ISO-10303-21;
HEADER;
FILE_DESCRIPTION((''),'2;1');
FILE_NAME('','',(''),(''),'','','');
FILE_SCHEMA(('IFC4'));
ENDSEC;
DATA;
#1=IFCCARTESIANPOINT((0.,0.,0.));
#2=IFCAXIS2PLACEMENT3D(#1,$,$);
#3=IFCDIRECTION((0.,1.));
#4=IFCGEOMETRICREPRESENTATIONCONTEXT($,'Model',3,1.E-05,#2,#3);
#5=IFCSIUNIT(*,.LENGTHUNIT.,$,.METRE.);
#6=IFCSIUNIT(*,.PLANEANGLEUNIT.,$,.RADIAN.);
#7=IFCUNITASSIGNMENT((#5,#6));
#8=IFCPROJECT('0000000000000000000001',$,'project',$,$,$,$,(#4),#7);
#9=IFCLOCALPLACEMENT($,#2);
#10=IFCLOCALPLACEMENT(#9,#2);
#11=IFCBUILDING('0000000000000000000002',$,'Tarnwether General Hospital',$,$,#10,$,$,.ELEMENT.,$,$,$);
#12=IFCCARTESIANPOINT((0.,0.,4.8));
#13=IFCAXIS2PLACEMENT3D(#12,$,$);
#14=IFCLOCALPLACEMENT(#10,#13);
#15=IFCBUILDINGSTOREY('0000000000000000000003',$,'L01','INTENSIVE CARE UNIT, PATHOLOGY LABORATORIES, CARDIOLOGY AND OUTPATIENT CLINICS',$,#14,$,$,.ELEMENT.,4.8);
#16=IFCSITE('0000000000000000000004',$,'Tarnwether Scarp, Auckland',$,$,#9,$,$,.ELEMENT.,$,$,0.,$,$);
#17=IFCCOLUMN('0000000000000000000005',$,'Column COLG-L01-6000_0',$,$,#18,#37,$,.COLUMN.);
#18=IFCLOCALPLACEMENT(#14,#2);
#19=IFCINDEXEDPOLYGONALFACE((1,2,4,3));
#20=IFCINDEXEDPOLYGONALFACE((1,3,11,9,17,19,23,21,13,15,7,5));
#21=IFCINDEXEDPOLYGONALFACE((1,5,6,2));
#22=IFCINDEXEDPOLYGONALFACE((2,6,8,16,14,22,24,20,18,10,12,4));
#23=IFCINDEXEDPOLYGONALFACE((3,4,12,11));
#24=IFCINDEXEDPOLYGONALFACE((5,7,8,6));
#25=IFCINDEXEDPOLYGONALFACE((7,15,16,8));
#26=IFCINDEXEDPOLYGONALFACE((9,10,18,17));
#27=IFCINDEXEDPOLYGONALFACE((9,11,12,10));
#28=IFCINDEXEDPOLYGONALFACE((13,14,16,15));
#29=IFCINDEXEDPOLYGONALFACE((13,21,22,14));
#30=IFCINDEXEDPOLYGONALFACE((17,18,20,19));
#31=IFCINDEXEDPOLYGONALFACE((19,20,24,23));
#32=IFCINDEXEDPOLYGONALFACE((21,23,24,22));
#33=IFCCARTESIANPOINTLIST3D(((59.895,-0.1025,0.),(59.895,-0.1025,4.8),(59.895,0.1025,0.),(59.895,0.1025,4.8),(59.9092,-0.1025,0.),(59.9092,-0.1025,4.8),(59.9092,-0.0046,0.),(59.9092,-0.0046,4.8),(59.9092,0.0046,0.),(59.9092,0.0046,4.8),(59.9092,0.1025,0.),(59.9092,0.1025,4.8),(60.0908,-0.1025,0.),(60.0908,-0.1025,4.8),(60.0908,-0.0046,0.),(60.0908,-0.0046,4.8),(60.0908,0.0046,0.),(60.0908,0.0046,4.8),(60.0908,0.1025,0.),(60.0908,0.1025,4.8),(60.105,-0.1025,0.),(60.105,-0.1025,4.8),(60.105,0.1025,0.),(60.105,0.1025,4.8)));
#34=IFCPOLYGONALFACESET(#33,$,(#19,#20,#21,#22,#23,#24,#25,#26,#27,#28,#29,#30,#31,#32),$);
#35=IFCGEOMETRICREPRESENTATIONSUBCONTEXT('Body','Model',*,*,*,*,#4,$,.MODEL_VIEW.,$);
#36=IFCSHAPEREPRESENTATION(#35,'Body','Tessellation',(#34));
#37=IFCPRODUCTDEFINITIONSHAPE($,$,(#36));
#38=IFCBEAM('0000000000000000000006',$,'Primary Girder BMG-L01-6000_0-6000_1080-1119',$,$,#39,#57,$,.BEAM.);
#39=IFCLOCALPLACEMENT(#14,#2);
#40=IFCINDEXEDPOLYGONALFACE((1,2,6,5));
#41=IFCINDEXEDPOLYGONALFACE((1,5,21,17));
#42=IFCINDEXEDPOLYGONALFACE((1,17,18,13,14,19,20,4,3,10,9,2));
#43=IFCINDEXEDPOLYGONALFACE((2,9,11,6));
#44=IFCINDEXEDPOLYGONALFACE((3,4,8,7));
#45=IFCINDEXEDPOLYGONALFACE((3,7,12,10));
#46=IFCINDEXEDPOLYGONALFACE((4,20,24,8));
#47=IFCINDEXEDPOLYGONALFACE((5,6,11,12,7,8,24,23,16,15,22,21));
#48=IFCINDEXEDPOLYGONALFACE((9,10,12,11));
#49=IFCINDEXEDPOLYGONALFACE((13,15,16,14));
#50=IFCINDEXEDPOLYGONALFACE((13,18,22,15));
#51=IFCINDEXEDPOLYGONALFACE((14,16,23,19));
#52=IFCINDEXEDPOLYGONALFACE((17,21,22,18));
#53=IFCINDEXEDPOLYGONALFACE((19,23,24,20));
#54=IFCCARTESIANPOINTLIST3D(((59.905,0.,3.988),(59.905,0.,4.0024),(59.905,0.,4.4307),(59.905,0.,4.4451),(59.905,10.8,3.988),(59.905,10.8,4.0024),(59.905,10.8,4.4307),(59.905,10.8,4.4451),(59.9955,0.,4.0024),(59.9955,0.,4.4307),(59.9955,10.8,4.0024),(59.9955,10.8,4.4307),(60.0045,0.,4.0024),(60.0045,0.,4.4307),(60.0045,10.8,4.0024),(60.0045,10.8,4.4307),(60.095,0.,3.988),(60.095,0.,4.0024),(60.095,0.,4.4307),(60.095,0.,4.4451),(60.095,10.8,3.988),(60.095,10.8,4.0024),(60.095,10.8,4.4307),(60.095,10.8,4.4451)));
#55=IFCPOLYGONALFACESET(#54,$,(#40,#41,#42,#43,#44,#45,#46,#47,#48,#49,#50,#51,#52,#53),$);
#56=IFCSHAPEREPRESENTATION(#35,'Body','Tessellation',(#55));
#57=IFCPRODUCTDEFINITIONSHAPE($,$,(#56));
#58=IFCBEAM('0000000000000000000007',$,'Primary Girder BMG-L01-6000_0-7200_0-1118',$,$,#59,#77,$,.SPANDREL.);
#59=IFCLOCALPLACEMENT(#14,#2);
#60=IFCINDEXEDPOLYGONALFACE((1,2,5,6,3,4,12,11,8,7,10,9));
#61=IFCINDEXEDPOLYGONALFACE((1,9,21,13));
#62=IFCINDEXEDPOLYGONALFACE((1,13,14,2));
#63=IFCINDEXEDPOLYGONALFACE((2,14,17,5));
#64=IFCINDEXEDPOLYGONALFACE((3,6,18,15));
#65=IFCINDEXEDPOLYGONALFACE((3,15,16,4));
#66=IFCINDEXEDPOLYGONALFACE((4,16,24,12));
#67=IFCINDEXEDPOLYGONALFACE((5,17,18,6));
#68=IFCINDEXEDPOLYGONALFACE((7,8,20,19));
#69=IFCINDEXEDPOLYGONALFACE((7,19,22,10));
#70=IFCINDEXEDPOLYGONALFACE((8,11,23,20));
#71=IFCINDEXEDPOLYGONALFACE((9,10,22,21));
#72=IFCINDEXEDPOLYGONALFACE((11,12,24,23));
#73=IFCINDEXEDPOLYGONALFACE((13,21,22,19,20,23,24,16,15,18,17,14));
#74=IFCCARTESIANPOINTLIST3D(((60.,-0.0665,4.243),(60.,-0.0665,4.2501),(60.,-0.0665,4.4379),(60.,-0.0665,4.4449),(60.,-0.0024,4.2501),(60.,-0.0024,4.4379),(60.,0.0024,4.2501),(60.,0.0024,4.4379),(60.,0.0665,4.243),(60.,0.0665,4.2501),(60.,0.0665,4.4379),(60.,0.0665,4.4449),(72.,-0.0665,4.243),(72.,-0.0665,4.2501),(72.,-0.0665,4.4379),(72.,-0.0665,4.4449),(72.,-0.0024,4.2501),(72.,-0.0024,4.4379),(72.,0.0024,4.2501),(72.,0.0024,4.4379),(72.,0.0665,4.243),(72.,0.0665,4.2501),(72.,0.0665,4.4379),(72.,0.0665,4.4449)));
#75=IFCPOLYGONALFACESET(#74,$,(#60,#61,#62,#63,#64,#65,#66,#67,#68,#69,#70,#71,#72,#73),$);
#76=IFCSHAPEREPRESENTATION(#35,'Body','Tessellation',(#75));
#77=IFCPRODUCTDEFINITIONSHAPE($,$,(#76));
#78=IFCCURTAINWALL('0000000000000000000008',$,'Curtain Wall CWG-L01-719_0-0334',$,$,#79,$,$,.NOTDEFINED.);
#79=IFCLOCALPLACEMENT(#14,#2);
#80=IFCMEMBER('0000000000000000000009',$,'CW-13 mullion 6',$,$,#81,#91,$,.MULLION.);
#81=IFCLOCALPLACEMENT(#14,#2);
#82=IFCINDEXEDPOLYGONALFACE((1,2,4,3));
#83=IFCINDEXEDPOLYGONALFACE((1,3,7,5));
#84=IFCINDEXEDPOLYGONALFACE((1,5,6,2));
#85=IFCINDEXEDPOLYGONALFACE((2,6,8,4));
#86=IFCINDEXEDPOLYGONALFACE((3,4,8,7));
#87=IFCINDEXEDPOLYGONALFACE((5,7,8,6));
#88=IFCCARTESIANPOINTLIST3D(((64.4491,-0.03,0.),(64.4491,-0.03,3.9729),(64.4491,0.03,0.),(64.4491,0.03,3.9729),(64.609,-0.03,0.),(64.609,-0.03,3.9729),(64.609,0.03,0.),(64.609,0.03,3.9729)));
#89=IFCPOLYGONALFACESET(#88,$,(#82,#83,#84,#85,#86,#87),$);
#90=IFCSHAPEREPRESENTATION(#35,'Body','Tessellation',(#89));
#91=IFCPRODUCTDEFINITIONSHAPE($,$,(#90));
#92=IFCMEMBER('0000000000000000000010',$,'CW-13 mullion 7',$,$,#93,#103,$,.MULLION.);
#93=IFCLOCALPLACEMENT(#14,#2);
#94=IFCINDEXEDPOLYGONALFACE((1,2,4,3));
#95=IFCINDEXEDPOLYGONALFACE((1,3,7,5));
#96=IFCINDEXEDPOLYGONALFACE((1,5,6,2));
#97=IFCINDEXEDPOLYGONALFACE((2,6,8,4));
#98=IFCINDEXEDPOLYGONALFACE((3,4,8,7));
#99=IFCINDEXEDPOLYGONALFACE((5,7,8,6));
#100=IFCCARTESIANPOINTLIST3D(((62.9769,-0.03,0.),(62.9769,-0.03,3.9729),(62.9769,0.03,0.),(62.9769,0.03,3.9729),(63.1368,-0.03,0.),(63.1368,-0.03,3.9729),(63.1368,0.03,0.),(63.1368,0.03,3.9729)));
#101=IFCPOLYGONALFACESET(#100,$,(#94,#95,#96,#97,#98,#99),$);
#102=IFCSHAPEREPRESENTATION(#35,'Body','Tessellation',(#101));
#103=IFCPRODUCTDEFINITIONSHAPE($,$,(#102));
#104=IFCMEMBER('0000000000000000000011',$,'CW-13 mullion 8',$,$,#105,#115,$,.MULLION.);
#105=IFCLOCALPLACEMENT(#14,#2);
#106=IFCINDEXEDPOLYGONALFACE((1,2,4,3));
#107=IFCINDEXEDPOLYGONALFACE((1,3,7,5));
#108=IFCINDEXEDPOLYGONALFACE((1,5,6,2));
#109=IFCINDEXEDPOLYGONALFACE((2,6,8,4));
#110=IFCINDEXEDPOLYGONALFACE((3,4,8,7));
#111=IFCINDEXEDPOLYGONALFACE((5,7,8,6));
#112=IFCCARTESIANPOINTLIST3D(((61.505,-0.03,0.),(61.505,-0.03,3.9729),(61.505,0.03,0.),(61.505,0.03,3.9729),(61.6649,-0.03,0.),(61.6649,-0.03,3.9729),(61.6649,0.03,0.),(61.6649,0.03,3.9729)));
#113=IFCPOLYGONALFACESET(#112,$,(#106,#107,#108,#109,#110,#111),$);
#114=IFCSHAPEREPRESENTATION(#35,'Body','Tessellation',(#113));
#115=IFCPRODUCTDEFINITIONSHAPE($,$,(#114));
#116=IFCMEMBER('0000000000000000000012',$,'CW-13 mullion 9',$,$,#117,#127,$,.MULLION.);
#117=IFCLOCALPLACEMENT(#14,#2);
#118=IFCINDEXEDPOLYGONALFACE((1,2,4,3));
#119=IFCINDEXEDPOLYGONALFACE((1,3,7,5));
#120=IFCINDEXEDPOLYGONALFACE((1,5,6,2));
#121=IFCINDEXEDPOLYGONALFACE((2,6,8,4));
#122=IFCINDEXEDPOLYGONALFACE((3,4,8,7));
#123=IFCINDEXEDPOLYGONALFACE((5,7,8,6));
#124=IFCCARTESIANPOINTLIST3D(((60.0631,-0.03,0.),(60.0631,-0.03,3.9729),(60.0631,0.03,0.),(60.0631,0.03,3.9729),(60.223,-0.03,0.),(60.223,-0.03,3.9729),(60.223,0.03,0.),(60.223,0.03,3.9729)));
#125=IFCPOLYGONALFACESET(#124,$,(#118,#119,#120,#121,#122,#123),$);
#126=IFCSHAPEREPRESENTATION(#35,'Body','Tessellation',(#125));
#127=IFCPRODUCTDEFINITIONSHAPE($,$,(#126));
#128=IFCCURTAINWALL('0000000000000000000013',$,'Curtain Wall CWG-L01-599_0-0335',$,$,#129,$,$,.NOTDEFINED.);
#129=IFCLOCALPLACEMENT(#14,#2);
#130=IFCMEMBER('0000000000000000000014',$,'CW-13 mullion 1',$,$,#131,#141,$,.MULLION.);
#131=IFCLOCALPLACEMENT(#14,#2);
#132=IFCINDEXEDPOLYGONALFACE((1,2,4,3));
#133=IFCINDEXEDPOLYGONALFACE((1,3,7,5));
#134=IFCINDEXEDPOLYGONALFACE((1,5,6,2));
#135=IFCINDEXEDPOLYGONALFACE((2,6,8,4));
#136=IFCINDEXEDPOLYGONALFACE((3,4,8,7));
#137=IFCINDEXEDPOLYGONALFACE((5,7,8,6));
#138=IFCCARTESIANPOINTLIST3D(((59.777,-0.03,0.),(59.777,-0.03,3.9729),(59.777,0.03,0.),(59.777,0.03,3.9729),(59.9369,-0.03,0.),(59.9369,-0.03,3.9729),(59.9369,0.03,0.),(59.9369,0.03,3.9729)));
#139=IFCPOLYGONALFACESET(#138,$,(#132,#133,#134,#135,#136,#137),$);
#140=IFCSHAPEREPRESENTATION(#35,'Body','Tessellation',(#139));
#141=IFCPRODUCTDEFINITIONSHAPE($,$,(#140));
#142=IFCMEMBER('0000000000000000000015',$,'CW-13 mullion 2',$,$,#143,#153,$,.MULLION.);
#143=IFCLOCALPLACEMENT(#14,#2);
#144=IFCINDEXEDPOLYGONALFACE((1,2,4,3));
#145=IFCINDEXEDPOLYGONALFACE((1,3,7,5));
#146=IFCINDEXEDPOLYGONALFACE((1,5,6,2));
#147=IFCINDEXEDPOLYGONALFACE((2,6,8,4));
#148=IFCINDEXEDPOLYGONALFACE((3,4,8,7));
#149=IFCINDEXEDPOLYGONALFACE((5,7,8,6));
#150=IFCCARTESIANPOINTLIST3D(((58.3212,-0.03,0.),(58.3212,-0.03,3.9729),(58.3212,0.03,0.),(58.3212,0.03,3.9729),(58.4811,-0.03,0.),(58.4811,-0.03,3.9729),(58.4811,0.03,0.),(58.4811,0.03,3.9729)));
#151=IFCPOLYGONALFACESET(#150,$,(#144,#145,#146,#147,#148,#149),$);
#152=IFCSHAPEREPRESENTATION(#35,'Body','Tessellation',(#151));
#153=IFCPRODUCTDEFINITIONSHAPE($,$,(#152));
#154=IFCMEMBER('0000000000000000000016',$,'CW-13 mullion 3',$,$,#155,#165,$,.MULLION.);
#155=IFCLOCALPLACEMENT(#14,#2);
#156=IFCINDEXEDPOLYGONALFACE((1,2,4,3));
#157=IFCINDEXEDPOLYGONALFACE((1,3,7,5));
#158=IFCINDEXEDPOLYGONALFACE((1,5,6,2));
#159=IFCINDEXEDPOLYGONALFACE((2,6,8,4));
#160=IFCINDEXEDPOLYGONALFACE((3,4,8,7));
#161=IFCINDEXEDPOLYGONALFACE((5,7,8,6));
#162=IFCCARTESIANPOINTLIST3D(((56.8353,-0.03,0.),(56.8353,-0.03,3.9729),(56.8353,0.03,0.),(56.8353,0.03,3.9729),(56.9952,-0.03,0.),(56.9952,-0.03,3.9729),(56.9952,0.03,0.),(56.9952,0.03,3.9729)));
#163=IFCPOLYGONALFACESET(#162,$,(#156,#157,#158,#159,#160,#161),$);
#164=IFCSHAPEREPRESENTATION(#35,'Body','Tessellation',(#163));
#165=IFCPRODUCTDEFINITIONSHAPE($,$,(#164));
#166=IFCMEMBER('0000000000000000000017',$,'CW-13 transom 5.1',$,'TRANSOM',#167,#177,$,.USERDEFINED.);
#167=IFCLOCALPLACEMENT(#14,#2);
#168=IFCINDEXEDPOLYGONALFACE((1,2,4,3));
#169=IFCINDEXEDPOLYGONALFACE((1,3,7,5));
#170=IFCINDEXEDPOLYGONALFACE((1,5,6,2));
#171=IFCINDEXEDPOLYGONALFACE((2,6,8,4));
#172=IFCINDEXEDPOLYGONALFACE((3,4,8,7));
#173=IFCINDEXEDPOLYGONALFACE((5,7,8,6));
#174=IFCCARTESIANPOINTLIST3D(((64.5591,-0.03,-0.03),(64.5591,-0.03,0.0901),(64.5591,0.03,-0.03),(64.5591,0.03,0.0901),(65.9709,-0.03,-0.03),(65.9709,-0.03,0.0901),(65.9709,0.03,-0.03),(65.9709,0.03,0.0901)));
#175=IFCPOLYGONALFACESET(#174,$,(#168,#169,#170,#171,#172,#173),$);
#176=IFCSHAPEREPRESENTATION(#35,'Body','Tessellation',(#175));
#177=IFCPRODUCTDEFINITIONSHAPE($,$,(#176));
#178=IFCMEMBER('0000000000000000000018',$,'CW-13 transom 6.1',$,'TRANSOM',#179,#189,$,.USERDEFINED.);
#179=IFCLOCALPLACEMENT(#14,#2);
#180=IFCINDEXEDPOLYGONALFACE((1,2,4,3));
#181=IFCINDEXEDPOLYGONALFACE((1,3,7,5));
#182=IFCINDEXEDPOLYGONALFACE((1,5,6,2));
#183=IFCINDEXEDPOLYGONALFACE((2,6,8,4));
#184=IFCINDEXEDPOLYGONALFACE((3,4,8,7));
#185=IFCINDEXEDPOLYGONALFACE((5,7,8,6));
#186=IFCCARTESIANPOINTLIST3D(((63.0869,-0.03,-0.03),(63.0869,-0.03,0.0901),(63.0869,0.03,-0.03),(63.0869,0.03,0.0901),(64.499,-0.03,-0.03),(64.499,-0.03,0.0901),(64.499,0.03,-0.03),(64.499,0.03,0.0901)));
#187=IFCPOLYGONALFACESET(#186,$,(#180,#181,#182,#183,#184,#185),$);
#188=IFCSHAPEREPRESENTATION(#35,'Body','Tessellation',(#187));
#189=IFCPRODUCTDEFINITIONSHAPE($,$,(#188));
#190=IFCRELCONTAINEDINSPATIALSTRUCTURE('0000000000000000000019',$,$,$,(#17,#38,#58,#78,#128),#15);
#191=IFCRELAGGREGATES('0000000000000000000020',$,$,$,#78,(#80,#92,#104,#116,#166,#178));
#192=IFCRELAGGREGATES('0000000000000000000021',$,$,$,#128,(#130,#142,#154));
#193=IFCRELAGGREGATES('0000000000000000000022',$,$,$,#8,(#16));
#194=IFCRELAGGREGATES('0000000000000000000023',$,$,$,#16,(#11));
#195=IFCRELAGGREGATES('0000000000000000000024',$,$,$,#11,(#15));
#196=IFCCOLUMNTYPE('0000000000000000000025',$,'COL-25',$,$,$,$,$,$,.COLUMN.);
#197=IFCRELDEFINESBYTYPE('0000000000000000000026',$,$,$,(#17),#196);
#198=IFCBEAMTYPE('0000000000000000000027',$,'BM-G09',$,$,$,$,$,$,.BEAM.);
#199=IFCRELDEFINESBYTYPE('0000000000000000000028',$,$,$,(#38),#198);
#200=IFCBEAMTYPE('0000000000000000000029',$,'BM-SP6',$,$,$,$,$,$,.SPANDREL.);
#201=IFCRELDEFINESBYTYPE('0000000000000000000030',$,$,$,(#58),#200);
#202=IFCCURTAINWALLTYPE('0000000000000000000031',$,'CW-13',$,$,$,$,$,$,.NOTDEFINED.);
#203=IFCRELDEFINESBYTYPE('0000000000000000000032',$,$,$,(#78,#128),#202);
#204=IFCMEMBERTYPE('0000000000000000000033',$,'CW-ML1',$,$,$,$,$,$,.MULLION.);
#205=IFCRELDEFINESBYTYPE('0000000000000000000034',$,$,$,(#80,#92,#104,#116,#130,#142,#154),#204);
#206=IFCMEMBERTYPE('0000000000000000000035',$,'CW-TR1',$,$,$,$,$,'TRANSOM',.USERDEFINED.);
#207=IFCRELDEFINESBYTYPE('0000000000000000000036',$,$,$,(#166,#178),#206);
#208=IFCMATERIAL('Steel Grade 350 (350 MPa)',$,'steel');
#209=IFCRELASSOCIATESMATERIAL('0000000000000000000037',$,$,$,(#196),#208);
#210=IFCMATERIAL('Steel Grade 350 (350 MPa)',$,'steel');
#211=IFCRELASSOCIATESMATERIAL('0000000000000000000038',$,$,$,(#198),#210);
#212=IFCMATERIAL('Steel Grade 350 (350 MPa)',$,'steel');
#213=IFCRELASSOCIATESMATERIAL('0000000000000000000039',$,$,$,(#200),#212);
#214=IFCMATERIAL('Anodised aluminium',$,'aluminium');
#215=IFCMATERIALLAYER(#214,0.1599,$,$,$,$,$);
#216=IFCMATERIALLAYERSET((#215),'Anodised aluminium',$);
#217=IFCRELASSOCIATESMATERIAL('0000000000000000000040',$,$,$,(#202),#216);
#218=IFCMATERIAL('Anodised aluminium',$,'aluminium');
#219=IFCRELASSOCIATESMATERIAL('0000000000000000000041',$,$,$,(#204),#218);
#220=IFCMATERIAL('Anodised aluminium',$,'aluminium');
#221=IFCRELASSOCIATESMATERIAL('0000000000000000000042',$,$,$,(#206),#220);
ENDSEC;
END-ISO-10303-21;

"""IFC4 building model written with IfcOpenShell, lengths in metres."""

from ifc_helpers import new_model, si_unit, direction, frame, origin, origin_2d, place, context, subcontext, project, spatial, rectangle, i_section, extrude, material, layer, layer_set, material_profile, profile_set, type_object, element, aggregate, save


model = new_model("IFC4")

# Units and contexts
model_context = context("Model", 3, precision=1e-05, world=origin(), true_north=direction((0.0, 1.0)))
body_context = subcontext(model_context, "Body", "Model", "MODEL_VIEW")
ifc_project = project(units=[si_unit("LENGTHUNIT", "METRE"), si_unit("PLANEANGLEUNIT", "RADIAN")], contexts=[model_context])

# Site, building, storey
site_placement = place(None, origin())
site = spatial("IfcSite", under=ifc_project, at=site_placement, Name="Tarnwether Scarp, Auckland", CompositionType="ELEMENT", RefElevation=0.0)
building_placement = place(site_placement, origin())
building = spatial("IfcBuilding", under=site, at=building_placement, Name="Tarnwether General Hospital", CompositionType="ELEMENT")
storey_placement = place(building_placement, frame((0.0, 0.0, 4.8)))
storey = spatial("IfcBuildingStorey", under=building, at=storey_placement, Name="L01", Description="INTENSIVE CARE UNIT, PATHOLOGY LABORATORIES, CARDIOLOGY AND OUTPATIENT CLINICS", CompositionType="ELEMENT", Elevation=4.8)

# Column
ifc_material_1 = material(Name="Steel Grade 350 (350 MPa)", Category="steel")
ifc_material_profile_1 = material_profile(ifc_material_1, i_section(OverallWidth=0.2051, OverallDepth=0.21, WebThickness=0.0093, FlangeThickness=0.0142, at=origin_2d()), Name="200UC59.5")
ifc_profile_set_1 = profile_set([ifc_material_profile_1], Name="Steel Grade 350 (350 MPa)")
column_type = type_object("IfcColumnType", Name="COL-25", PredefinedType="COLUMN", material=ifc_profile_set_1)
column_placement = place(storey_placement, frame((60.0, 0.0, 0.0), z_axis=(0.0, 0.0, 1.0), x_axis=(0.0, 1.0, 0.0)))
element("IfcColumn", 1, at=column_placement, inside=storey, type_object=column_type, Name="Column COLG-L01-6000_0", PredefinedType="COLUMN", context=body_context, shape_type="SweptSolid", body=[
    extrude(i_section(OverallWidth=0.2051, OverallDepth=0.21, WebThickness=0.0093, FlangeThickness=0.0142, at=origin_2d()), origin(), (0.0, 0.0, 1.0), 4.8),
])

# Beams
ifc_material_2 = material(Name="Steel Grade 350 (350 MPa)", Category="steel")
ifc_material_profile_2 = material_profile(ifc_material_2, i_section(OverallWidth=0.1899, OverallDepth=0.457, WebThickness=0.009, FlangeThickness=0.0144, at=origin_2d()), Name="460UB74.6")
ifc_profile_set_2 = profile_set([ifc_material_profile_2], Name="Steel Grade 350 (350 MPa)")
beam_type_1 = type_object("IfcBeamType", Name="BM-G09", PredefinedType="BEAM", material=ifc_profile_set_2)
beam_1_placement = place(storey_placement, frame((60.0, 0.0, 4.2166), z_axis=(0.0, 1.0, 0.0), x_axis=(-1.0, 0.0, 0.0)))
element("IfcBeam", 2, at=beam_1_placement, inside=storey, type_object=beam_type_1, Name="Primary Girder BMG-L01-6000_0-6000_1080-1119", PredefinedType="BEAM", context=body_context, shape_type="SweptSolid", body=[
    extrude(i_section(OverallWidth=0.1899, OverallDepth=0.457, WebThickness=0.009, FlangeThickness=0.0144, at=origin_2d()), origin(), (0.0, 0.0, 1.0), 10.8),
])
ifc_material_3 = material(Name="Steel Grade 350 (350 MPa)", Category="steel")
ifc_material_profile_3 = material_profile(ifc_material_3, i_section(OverallWidth=0.1331, OverallDepth=0.2019, WebThickness=0.0049, FlangeThickness=0.0071, at=origin_2d()), Name="200UB22.3")
ifc_profile_set_3 = profile_set([ifc_material_profile_3], Name="Steel Grade 350 (350 MPa)")
beam_type_2 = type_object("IfcBeamType", Name="BM-SP6", PredefinedType="SPANDREL", material=ifc_profile_set_3)
beam_2_placement = place(storey_placement, frame((60.0, 0.0, 4.344), z_axis=(1.0, 0.0, 0.0), x_axis=(0.0, 1.0, 0.0)))
element("IfcBeam", 3, at=beam_2_placement, inside=storey, type_object=beam_type_2, Name="Primary Girder BMG-L01-6000_0-7200_0-1118", PredefinedType="SPANDREL", context=body_context, shape_type="SweptSolid", body=[
    extrude(i_section(OverallWidth=0.1331, OverallDepth=0.2019, WebThickness=0.0049, FlangeThickness=0.0071, at=origin_2d()), origin(), (0.0, 0.0, 1.0), 12.0),
])

# Curtain walls, members
ifc_material_4 = material(Name="Anodised aluminium", Category="aluminium")
ifc_layer_1 = layer(ifc_material_4, 0.1599)
ifc_layer_set_1 = layer_set([ifc_layer_1], Name="Anodised aluminium")
curtain_wall_type = type_object("IfcCurtainWallType", Name="CW-13", PredefinedType="NOTDEFINED", material=ifc_layer_set_1)
curtain_wall_1_placement = place(storey_placement, origin())
curtain_wall_1 = element("IfcCurtainWall", 4, at=curtain_wall_1_placement, inside=storey, type_object=curtain_wall_type, Name="Curtain Wall CWG-L01-719_0-0334", PredefinedType="NOTDEFINED")
ifc_material_5 = material(Name="Anodised aluminium", Category="aluminium")
ifc_material_profile_4 = material_profile(ifc_material_5, rectangle(XDim=0.0601, YDim=0.1599, at=origin_2d()), Name="ALU-MUL-60x160")
ifc_profile_set_4 = profile_set([ifc_material_profile_4], Name="Anodised aluminium")
member_type_1 = type_object("IfcMemberType", Name="CW-ML1", PredefinedType="MULLION", material=ifc_profile_set_4)
member_1_placement = place(storey_placement, frame((64.5291, 0.0, 0.0), z_axis=(0.0, 0.0, 1.0), x_axis=(0.0, -1.0, 0.0)))
member_1 = element("IfcMember", 5, at=member_1_placement, type_object=member_type_1, Name="CW-13 mullion 6", PredefinedType="MULLION", context=body_context, shape_type="SweptSolid", body=[
    extrude(rectangle(XDim=0.0601, YDim=0.1599, at=origin_2d()), origin(), (0.0, 0.0, 1.0), 3.9729),
])
member_2_placement = place(storey_placement, frame((63.0569, 0.0, 0.0), z_axis=(0.0, 0.0, 1.0), x_axis=(0.0, -1.0, 0.0)))
member_2 = element("IfcMember", 6, at=member_2_placement, type_object=member_type_1, Name="CW-13 mullion 7", PredefinedType="MULLION", context=body_context, shape_type="SweptSolid", body=[
    extrude(rectangle(XDim=0.0601, YDim=0.1599, at=origin_2d()), origin(), (0.0, 0.0, 1.0), 3.9729),
])
member_3_placement = place(storey_placement, frame((61.585, 0.0, 0.0), z_axis=(0.0, 0.0, 1.0), x_axis=(0.0, -1.0, 0.0)))
member_3 = element("IfcMember", 7, at=member_3_placement, type_object=member_type_1, Name="CW-13 mullion 8", PredefinedType="MULLION", context=body_context, shape_type="SweptSolid", body=[
    extrude(rectangle(XDim=0.0601, YDim=0.1599, at=origin_2d()), origin(), (0.0, 0.0, 1.0), 3.9729),
])
member_4_placement = place(storey_placement, frame((60.1431, 0.0, 0.0), z_axis=(0.0, 0.0, 1.0), x_axis=(0.0, -1.0, 0.0)))
member_4 = element("IfcMember", 8, at=member_4_placement, type_object=member_type_1, Name="CW-13 mullion 9", PredefinedType="MULLION", context=body_context, shape_type="SweptSolid", body=[
    extrude(rectangle(XDim=0.0601, YDim=0.1599, at=origin_2d()), origin(), (0.0, 0.0, 1.0), 3.9729),
])
curtain_wall_2_placement = place(storey_placement, origin())
curtain_wall_2 = element("IfcCurtainWall", 9, at=curtain_wall_2_placement, inside=storey, type_object=curtain_wall_type, Name="Curtain Wall CWG-L01-599_0-0335", PredefinedType="NOTDEFINED")
member_5_placement = place(storey_placement, frame((59.8569, 0.0, 0.0), z_axis=(0.0, 0.0, 1.0), x_axis=(0.0, -1.0, 0.0)))
member_5 = element("IfcMember", 10, at=member_5_placement, type_object=member_type_1, Name="CW-13 mullion 1", PredefinedType="MULLION", context=body_context, shape_type="SweptSolid", body=[
    extrude(rectangle(XDim=0.0601, YDim=0.1599, at=origin_2d()), origin(), (0.0, 0.0, 1.0), 3.9729),
])
member_6_placement = place(storey_placement, frame((58.4011, 0.0, 0.0), z_axis=(0.0, 0.0, 1.0), x_axis=(0.0, -1.0, 0.0)))
member_6 = element("IfcMember", 11, at=member_6_placement, type_object=member_type_1, Name="CW-13 mullion 2", PredefinedType="MULLION", context=body_context, shape_type="SweptSolid", body=[
    extrude(rectangle(XDim=0.0601, YDim=0.1599, at=origin_2d()), origin(), (0.0, 0.0, 1.0), 3.9729),
])
member_7_placement = place(storey_placement, frame((56.9153, 0.0, 0.0), z_axis=(0.0, 0.0, 1.0), x_axis=(0.0, -1.0, 0.0)))
member_7 = element("IfcMember", 12, at=member_7_placement, type_object=member_type_1, Name="CW-13 mullion 3", PredefinedType="MULLION", context=body_context, shape_type="SweptSolid", body=[
    extrude(rectangle(XDim=0.0601, YDim=0.1599, at=origin_2d()), origin(), (0.0, 0.0, 1.0), 3.9729),
])

# Members
ifc_material_6 = material(Name="Anodised aluminium", Category="aluminium")
ifc_material_profile_5 = material_profile(ifc_material_6, rectangle(XDim=0.0601, YDim=0.1201, at=origin_2d()), Name="ALU-TRN-60x120")
ifc_profile_set_5 = profile_set([ifc_material_profile_5], Name="Anodised aluminium")
member_type_2 = type_object("IfcMemberType", Name="CW-TR1", ElementType="TRANSOM", PredefinedType="USERDEFINED", material=ifc_profile_set_5)
member_8_placement = place(storey_placement, frame((65.9709, 0.0, 0.03), z_axis=(-1.0, 0.0, 0.0), x_axis=(0.0, -1.0, 0.0)))
member_8 = element("IfcMember", 13, at=member_8_placement, type_object=member_type_2, Name="CW-13 transom 5.1", ObjectType="TRANSOM", PredefinedType="USERDEFINED", context=body_context, shape_type="SweptSolid", body=[
    extrude(rectangle(XDim=0.0601, YDim=0.1201, at=origin_2d()), origin(), (0.0, 0.0, 1.0), 1.4119),
])
member_9_placement = place(storey_placement, frame((64.499, 0.0, 0.03), z_axis=(-1.0, 0.0, 0.0), x_axis=(0.0, -1.0, 0.0)))
member_9 = element("IfcMember", 14, at=member_9_placement, type_object=member_type_2, Name="CW-13 transom 6.1", ObjectType="TRANSOM", PredefinedType="USERDEFINED", context=body_context, shape_type="SweptSolid", body=[
    extrude(rectangle(XDim=0.0601, YDim=0.1201, at=origin_2d()), origin(), (0.0, 0.0, 1.0), 1.4121),
])

aggregate(curtain_wall_1, [member_1, member_2, member_3, member_4, member_8, member_9])
aggregate(curtain_wall_2, [member_5, member_6, member_7])

save(model, "model.ifc")
